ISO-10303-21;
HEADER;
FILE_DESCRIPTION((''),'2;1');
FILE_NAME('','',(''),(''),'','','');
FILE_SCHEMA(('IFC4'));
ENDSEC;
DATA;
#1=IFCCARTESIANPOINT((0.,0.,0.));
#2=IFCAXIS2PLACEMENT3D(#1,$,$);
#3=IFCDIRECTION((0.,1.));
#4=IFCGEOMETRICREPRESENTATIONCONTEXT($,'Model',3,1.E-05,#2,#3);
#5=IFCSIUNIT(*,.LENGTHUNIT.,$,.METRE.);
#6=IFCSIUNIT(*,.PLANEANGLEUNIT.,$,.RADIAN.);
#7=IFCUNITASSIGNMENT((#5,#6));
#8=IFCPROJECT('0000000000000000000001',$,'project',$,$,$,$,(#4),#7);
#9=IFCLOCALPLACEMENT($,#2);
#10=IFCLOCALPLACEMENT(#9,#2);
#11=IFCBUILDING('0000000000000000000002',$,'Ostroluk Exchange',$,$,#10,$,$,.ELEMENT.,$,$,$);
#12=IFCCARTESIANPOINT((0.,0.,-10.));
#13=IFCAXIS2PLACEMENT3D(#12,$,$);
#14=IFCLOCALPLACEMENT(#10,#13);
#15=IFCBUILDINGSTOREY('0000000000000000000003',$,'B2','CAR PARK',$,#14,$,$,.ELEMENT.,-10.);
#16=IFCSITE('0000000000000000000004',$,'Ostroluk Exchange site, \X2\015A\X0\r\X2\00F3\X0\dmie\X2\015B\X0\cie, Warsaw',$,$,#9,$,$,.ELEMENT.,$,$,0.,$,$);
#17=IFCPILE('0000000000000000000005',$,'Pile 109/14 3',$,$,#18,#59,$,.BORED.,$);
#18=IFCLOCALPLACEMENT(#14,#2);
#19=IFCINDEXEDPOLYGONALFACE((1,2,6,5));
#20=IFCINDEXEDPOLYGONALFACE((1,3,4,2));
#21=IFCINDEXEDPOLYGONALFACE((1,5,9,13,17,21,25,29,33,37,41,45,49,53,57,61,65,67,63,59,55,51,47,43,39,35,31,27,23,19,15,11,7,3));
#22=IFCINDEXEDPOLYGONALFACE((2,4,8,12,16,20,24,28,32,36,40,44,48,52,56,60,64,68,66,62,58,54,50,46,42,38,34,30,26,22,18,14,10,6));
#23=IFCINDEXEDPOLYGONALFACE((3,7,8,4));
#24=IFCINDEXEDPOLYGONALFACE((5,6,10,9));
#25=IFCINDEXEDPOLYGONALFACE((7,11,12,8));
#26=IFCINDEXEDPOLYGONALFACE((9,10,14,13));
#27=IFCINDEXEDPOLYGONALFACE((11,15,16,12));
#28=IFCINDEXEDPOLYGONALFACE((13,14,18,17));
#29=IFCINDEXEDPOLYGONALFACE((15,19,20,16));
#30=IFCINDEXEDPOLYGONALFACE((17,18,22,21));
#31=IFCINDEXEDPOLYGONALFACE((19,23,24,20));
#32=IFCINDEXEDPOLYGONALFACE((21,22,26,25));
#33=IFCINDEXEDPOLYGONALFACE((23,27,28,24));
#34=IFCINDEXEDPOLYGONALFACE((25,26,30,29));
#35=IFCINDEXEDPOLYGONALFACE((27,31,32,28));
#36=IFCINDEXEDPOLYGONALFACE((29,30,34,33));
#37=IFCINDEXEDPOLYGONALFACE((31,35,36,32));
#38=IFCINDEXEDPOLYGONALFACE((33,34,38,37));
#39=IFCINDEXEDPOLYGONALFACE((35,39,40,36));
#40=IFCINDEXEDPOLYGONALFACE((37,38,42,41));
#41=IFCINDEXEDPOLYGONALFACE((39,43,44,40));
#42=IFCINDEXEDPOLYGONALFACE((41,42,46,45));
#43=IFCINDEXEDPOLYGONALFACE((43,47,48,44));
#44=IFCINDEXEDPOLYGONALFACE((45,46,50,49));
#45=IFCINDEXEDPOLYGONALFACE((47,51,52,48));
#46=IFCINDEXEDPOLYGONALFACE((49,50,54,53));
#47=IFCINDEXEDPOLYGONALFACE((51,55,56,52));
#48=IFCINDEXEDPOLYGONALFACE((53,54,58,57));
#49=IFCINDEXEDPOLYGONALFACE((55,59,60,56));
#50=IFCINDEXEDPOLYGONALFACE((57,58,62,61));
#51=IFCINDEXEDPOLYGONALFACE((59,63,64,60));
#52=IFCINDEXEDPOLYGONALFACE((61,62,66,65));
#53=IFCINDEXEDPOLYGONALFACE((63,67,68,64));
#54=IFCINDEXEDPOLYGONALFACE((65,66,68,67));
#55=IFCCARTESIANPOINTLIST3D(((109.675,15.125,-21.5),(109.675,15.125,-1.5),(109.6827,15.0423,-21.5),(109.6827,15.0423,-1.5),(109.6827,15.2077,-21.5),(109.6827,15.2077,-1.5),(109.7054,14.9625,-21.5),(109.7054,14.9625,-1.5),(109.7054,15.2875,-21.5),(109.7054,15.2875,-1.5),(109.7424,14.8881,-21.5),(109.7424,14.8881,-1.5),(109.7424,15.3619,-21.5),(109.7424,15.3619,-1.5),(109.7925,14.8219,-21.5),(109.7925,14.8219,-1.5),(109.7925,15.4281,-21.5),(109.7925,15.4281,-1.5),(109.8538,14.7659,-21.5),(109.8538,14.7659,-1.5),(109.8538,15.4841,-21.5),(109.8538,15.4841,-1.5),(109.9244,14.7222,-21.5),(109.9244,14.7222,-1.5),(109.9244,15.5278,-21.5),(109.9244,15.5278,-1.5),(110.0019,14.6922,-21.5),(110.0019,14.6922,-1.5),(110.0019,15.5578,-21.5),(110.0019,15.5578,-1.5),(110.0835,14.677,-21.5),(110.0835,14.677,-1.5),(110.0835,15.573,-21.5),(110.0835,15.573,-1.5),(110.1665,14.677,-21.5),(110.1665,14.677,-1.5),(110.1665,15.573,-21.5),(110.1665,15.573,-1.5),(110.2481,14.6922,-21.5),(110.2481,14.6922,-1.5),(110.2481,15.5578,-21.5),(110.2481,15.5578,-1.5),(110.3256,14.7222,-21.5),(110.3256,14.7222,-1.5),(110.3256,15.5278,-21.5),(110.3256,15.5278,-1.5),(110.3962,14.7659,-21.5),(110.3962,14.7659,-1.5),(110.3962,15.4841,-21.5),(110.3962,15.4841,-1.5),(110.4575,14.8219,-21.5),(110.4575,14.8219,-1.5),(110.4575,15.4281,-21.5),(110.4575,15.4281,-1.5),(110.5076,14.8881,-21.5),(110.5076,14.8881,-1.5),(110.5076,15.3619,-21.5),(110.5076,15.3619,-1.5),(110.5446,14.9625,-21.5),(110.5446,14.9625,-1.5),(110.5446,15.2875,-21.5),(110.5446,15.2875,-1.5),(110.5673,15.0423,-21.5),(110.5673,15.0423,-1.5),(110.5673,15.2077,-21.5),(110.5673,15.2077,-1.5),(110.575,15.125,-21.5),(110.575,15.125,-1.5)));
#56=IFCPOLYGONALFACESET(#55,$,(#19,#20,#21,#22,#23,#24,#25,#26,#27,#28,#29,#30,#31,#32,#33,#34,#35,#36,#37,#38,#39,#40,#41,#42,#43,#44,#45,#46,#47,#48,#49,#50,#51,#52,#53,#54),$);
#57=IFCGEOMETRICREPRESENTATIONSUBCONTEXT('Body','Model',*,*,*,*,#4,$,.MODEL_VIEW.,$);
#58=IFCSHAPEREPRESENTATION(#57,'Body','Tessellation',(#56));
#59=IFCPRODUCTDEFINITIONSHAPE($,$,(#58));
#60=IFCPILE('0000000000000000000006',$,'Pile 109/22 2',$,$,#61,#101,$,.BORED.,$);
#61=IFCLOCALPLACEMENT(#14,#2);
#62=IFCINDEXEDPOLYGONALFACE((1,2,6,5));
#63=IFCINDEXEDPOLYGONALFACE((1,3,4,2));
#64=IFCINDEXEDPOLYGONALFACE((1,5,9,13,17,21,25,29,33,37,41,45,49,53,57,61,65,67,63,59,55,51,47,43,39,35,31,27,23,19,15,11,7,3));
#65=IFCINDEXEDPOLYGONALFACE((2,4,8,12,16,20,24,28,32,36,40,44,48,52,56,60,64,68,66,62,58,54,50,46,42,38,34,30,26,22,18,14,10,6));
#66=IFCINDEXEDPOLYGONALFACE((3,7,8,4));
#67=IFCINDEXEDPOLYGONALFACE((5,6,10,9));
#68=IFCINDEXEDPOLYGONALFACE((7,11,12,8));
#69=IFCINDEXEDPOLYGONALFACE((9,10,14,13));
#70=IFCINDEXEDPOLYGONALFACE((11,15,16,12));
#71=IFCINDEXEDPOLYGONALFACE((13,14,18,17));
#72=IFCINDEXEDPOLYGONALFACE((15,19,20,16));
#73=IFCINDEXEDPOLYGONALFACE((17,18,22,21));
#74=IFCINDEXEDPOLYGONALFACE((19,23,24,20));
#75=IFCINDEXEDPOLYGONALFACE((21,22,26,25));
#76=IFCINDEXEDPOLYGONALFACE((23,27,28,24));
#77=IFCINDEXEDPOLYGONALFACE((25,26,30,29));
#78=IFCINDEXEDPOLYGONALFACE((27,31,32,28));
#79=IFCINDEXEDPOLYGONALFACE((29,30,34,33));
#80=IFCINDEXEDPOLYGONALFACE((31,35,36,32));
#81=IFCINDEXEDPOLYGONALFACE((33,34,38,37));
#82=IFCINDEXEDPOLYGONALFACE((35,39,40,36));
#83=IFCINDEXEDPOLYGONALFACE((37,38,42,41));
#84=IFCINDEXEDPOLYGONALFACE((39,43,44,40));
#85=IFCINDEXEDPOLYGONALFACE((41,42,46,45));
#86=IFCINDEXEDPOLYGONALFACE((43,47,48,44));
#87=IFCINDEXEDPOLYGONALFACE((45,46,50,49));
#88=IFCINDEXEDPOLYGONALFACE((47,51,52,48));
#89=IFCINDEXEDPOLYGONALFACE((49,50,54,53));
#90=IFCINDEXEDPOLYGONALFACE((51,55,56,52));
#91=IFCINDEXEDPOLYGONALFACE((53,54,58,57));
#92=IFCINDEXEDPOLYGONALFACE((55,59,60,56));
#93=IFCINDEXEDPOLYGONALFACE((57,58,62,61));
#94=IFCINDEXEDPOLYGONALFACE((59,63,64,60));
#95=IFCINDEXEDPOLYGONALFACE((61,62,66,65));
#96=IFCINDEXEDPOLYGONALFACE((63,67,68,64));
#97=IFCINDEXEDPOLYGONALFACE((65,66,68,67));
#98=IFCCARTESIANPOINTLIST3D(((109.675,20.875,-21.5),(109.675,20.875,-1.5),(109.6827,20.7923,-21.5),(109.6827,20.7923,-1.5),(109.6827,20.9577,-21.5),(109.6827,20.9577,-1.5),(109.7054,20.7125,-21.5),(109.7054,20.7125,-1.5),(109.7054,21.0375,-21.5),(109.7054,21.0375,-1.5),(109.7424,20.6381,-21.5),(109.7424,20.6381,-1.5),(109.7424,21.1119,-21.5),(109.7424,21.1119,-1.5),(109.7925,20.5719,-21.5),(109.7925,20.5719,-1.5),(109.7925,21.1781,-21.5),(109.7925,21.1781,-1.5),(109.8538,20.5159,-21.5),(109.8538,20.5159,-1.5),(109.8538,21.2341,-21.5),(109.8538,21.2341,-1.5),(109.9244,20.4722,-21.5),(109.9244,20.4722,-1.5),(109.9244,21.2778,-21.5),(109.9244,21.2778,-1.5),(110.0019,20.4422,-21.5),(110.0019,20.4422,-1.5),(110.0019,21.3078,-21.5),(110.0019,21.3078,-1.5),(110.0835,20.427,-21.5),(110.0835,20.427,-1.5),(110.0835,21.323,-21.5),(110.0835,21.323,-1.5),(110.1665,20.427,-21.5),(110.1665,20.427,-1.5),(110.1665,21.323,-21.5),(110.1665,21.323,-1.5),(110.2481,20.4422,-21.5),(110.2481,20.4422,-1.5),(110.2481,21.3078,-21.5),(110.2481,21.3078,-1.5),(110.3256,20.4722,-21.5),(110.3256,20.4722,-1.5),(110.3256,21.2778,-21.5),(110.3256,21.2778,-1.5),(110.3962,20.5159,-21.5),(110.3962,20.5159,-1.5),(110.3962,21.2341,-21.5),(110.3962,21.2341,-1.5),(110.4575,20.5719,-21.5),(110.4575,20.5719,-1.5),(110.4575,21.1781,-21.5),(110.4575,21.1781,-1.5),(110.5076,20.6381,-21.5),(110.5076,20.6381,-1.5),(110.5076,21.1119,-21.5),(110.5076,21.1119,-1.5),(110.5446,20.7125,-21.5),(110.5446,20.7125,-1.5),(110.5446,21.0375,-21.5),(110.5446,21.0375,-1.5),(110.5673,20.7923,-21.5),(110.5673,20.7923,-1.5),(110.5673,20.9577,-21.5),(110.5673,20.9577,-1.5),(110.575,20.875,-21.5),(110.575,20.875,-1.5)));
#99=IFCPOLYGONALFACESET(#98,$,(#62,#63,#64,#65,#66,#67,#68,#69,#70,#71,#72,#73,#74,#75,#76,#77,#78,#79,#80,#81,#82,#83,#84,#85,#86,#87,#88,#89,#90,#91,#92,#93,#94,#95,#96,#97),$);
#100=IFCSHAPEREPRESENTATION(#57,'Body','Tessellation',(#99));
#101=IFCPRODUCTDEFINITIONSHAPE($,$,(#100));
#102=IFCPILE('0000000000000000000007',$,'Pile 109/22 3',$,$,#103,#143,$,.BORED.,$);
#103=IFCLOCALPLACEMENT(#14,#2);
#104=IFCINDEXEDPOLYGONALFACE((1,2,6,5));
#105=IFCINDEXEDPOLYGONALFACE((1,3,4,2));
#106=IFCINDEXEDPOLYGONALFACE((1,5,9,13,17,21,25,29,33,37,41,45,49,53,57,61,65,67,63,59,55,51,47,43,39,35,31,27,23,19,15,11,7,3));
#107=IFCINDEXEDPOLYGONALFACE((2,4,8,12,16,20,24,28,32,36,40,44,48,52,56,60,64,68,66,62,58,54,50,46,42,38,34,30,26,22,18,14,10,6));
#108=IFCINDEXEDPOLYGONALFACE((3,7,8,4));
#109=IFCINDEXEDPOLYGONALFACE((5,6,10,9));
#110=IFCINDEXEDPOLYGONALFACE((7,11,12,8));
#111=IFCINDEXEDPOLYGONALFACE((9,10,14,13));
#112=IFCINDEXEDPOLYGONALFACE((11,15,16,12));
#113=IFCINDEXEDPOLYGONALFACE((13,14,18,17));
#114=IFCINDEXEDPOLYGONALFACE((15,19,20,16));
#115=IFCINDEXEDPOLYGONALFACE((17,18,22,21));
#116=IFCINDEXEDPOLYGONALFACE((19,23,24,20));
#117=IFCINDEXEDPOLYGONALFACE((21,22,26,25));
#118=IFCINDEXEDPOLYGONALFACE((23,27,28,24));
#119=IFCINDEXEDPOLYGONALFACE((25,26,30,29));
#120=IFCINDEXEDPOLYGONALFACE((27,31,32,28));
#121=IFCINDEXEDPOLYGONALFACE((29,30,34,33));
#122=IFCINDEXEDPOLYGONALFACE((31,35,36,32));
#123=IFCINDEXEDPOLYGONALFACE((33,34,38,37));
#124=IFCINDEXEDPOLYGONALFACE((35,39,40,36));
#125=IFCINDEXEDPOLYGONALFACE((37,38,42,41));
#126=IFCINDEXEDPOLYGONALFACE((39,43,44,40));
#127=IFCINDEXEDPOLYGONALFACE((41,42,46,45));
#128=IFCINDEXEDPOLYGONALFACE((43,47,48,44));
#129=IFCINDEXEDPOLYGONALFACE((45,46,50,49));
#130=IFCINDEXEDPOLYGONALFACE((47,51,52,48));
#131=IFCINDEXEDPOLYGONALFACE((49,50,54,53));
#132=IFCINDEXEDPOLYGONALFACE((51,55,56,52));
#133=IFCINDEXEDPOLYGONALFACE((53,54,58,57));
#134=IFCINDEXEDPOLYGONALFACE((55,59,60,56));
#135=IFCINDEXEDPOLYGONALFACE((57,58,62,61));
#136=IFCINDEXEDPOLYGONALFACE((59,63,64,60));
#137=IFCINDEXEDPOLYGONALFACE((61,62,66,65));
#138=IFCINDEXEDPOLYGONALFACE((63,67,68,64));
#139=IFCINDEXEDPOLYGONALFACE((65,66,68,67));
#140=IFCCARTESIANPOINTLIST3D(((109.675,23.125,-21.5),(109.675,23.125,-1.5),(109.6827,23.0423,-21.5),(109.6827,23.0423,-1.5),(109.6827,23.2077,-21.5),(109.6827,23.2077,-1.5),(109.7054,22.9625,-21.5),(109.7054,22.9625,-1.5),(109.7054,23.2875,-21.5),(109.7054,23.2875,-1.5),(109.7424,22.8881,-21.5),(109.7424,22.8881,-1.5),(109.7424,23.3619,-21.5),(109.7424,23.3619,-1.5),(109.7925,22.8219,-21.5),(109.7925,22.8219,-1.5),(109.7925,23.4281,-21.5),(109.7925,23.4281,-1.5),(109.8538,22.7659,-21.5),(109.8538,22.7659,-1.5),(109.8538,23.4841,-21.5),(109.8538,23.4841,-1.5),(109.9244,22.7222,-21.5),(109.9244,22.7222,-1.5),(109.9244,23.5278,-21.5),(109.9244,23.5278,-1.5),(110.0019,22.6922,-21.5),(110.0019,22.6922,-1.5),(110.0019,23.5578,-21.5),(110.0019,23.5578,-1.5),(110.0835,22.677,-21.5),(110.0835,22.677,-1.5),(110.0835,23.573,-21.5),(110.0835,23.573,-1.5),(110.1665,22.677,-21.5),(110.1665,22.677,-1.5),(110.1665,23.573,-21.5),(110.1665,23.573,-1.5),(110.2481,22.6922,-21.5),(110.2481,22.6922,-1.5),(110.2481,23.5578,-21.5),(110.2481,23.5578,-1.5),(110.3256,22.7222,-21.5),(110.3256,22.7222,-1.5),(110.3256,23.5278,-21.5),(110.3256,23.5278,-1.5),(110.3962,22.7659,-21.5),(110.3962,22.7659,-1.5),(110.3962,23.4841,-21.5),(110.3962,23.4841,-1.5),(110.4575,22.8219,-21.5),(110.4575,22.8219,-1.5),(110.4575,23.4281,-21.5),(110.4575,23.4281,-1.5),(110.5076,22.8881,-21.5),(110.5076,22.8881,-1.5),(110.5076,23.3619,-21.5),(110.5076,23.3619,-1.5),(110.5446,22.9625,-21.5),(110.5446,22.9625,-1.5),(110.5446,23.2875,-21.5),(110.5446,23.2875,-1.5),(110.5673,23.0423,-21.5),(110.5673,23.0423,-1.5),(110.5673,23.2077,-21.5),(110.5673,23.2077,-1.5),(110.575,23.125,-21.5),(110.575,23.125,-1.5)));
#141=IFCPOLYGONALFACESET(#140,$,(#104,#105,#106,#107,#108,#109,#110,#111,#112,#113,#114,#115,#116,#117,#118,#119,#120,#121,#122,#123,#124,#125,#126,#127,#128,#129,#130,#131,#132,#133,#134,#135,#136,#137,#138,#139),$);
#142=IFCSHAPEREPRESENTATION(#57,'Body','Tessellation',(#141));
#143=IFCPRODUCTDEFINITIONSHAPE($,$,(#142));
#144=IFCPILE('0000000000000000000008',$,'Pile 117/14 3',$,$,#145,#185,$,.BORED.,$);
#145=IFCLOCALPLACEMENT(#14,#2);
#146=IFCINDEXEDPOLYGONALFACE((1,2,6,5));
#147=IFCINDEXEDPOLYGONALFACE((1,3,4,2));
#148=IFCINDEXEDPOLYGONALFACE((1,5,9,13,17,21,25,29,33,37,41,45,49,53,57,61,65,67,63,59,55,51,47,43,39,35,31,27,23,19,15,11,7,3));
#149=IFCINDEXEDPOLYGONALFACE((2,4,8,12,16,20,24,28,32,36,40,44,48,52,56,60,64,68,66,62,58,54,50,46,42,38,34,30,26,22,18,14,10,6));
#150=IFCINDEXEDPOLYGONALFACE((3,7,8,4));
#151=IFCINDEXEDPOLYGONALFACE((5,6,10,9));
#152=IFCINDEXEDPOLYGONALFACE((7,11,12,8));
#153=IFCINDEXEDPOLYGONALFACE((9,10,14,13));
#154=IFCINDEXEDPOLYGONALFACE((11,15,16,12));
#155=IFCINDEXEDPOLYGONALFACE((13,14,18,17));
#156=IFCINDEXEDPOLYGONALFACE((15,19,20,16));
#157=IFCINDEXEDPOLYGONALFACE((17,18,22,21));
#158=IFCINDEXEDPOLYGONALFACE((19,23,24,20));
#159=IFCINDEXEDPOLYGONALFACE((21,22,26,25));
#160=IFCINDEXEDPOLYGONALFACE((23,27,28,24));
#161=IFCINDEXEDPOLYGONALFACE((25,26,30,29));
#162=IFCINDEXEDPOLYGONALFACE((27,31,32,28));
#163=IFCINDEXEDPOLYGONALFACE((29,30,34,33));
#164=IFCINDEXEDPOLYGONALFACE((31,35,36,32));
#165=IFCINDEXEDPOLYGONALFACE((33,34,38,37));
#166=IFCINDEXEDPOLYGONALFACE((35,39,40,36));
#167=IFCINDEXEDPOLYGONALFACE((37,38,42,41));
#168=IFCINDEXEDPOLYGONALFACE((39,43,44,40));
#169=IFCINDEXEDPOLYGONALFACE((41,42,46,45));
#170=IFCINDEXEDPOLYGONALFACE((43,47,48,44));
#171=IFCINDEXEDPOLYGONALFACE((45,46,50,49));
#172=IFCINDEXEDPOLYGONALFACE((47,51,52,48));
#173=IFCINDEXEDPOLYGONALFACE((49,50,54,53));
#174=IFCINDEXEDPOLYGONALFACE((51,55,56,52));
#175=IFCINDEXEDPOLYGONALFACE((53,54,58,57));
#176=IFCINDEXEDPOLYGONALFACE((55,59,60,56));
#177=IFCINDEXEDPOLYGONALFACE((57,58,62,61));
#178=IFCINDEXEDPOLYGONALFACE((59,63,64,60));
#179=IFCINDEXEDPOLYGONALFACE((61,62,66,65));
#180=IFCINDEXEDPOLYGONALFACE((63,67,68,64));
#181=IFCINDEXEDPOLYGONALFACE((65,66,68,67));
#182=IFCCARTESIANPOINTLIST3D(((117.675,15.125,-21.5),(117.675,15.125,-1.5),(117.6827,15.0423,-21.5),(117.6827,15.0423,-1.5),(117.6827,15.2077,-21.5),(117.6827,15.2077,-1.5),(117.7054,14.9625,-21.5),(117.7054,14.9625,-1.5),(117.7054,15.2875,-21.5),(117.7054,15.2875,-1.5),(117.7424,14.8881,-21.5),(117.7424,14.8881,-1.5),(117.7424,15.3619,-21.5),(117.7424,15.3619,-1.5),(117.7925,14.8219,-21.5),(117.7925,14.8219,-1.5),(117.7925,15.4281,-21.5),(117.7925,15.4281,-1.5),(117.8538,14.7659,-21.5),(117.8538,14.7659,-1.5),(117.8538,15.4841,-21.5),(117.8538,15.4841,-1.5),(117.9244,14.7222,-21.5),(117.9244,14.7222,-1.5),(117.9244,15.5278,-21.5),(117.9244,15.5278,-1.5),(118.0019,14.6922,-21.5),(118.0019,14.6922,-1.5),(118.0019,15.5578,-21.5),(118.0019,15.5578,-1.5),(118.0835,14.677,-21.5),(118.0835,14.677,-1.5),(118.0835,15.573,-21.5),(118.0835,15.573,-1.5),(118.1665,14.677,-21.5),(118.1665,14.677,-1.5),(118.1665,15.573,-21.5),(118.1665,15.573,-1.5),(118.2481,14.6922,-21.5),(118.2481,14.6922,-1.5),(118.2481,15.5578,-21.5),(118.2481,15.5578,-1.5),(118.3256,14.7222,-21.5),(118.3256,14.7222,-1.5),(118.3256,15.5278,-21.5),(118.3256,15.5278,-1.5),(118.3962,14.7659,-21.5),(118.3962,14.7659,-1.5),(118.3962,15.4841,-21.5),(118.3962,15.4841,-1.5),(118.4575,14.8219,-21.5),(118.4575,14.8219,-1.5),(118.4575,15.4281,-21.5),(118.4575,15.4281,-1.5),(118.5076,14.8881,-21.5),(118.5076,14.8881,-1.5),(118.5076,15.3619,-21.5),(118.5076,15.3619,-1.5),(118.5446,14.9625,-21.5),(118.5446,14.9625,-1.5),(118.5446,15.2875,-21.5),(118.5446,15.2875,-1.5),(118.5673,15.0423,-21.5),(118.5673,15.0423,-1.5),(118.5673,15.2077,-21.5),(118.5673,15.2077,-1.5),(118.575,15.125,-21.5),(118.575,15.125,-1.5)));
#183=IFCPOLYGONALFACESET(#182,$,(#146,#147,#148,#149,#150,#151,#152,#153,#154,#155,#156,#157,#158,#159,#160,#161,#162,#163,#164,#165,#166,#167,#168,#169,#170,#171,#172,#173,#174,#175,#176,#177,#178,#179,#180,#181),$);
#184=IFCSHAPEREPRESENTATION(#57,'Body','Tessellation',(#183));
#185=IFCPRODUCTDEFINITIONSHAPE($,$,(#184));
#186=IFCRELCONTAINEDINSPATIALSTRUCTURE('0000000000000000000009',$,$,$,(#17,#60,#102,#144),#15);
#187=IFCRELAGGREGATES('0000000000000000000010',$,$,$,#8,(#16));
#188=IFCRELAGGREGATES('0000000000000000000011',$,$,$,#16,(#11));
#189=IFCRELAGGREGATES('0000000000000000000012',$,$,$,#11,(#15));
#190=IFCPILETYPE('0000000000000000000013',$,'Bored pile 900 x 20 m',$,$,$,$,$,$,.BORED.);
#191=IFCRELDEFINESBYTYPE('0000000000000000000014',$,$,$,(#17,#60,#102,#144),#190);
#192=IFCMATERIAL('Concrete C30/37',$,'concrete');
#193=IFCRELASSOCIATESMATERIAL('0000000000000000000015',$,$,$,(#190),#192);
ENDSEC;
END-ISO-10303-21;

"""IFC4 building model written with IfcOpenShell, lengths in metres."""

from ifc_helpers import new_model, si_unit, direction, frame, origin, origin_2d, place, context, subcontext, project, spatial, circle, extrude, material, type_object, element, save


model = new_model("IFC4")

# Units and contexts
model_context = context("Model", 3, precision=1e-05, world=origin(), true_north=direction((0.0, 1.0)))
body_context = subcontext(model_context, "Body", "Model", "MODEL_VIEW")
ifc_project = project(units=[si_unit("LENGTHUNIT", "METRE"), si_unit("PLANEANGLEUNIT", "RADIAN")], contexts=[model_context])

# Site, building, storey
site_placement = place(None, origin())
site = spatial("IfcSite", under=ifc_project, at=site_placement, Name="Ostroluk Exchange site, Śródmieście, Warsaw", CompositionType="ELEMENT", RefElevation=0.0)
building_placement = place(site_placement, origin())
building = spatial("IfcBuilding", under=site, at=building_placement, Name="Ostroluk Exchange", CompositionType="ELEMENT")
storey_placement = place(building_placement, frame((0.0, 0.0, -10.0)))
storey = spatial("IfcBuildingStorey", under=building, at=storey_placement, Name="B2", Description="CAR PARK", CompositionType="ELEMENT", Elevation=-10.0)

# Piles
ifc_material_1 = material(Name="Concrete C30/37", Category="concrete")
pile_type_1 = type_object("IfcPileType", Name="Bored pile 900 x 20 m", PredefinedType="BORED", material=ifc_material_1)
for number, where, z_axis, x_axis, name in (
    (1, (110.125, 15.125, -1.5), (0.0, 0.0, -1.0), (1.0, 0.0, 0.0), "Pile 109/14 3"),
    (2, (110.125, 20.875, -1.5), (0.0, 0.0, -1.0), (1.0, 0.0, 0.0), "Pile 109/22 2"),
    (3, (110.125, 23.125, -1.5), (0.0, 0.0, -1.0), (1.0, 0.0, 0.0), "Pile 109/22 3"),
    (4, (118.125, 15.125, -1.5), (0.0, 0.0, -1.0), (1.0, 0.0, 0.0), "Pile 117/14 3"),
):
    element("IfcPile", number, at=place(storey_placement, frame(where, z_axis=z_axis, x_axis=x_axis)), inside=storey, type_object=pile_type_1, Name=name, PredefinedType="BORED", context=body_context, shape_type="SweptSolid", body=[
        extrude(circle(Radius=0.45, at=origin_2d()), origin(), (0.0, 0.0, 1.0), 20.0),
    ])

save(model, "model.ifc")
